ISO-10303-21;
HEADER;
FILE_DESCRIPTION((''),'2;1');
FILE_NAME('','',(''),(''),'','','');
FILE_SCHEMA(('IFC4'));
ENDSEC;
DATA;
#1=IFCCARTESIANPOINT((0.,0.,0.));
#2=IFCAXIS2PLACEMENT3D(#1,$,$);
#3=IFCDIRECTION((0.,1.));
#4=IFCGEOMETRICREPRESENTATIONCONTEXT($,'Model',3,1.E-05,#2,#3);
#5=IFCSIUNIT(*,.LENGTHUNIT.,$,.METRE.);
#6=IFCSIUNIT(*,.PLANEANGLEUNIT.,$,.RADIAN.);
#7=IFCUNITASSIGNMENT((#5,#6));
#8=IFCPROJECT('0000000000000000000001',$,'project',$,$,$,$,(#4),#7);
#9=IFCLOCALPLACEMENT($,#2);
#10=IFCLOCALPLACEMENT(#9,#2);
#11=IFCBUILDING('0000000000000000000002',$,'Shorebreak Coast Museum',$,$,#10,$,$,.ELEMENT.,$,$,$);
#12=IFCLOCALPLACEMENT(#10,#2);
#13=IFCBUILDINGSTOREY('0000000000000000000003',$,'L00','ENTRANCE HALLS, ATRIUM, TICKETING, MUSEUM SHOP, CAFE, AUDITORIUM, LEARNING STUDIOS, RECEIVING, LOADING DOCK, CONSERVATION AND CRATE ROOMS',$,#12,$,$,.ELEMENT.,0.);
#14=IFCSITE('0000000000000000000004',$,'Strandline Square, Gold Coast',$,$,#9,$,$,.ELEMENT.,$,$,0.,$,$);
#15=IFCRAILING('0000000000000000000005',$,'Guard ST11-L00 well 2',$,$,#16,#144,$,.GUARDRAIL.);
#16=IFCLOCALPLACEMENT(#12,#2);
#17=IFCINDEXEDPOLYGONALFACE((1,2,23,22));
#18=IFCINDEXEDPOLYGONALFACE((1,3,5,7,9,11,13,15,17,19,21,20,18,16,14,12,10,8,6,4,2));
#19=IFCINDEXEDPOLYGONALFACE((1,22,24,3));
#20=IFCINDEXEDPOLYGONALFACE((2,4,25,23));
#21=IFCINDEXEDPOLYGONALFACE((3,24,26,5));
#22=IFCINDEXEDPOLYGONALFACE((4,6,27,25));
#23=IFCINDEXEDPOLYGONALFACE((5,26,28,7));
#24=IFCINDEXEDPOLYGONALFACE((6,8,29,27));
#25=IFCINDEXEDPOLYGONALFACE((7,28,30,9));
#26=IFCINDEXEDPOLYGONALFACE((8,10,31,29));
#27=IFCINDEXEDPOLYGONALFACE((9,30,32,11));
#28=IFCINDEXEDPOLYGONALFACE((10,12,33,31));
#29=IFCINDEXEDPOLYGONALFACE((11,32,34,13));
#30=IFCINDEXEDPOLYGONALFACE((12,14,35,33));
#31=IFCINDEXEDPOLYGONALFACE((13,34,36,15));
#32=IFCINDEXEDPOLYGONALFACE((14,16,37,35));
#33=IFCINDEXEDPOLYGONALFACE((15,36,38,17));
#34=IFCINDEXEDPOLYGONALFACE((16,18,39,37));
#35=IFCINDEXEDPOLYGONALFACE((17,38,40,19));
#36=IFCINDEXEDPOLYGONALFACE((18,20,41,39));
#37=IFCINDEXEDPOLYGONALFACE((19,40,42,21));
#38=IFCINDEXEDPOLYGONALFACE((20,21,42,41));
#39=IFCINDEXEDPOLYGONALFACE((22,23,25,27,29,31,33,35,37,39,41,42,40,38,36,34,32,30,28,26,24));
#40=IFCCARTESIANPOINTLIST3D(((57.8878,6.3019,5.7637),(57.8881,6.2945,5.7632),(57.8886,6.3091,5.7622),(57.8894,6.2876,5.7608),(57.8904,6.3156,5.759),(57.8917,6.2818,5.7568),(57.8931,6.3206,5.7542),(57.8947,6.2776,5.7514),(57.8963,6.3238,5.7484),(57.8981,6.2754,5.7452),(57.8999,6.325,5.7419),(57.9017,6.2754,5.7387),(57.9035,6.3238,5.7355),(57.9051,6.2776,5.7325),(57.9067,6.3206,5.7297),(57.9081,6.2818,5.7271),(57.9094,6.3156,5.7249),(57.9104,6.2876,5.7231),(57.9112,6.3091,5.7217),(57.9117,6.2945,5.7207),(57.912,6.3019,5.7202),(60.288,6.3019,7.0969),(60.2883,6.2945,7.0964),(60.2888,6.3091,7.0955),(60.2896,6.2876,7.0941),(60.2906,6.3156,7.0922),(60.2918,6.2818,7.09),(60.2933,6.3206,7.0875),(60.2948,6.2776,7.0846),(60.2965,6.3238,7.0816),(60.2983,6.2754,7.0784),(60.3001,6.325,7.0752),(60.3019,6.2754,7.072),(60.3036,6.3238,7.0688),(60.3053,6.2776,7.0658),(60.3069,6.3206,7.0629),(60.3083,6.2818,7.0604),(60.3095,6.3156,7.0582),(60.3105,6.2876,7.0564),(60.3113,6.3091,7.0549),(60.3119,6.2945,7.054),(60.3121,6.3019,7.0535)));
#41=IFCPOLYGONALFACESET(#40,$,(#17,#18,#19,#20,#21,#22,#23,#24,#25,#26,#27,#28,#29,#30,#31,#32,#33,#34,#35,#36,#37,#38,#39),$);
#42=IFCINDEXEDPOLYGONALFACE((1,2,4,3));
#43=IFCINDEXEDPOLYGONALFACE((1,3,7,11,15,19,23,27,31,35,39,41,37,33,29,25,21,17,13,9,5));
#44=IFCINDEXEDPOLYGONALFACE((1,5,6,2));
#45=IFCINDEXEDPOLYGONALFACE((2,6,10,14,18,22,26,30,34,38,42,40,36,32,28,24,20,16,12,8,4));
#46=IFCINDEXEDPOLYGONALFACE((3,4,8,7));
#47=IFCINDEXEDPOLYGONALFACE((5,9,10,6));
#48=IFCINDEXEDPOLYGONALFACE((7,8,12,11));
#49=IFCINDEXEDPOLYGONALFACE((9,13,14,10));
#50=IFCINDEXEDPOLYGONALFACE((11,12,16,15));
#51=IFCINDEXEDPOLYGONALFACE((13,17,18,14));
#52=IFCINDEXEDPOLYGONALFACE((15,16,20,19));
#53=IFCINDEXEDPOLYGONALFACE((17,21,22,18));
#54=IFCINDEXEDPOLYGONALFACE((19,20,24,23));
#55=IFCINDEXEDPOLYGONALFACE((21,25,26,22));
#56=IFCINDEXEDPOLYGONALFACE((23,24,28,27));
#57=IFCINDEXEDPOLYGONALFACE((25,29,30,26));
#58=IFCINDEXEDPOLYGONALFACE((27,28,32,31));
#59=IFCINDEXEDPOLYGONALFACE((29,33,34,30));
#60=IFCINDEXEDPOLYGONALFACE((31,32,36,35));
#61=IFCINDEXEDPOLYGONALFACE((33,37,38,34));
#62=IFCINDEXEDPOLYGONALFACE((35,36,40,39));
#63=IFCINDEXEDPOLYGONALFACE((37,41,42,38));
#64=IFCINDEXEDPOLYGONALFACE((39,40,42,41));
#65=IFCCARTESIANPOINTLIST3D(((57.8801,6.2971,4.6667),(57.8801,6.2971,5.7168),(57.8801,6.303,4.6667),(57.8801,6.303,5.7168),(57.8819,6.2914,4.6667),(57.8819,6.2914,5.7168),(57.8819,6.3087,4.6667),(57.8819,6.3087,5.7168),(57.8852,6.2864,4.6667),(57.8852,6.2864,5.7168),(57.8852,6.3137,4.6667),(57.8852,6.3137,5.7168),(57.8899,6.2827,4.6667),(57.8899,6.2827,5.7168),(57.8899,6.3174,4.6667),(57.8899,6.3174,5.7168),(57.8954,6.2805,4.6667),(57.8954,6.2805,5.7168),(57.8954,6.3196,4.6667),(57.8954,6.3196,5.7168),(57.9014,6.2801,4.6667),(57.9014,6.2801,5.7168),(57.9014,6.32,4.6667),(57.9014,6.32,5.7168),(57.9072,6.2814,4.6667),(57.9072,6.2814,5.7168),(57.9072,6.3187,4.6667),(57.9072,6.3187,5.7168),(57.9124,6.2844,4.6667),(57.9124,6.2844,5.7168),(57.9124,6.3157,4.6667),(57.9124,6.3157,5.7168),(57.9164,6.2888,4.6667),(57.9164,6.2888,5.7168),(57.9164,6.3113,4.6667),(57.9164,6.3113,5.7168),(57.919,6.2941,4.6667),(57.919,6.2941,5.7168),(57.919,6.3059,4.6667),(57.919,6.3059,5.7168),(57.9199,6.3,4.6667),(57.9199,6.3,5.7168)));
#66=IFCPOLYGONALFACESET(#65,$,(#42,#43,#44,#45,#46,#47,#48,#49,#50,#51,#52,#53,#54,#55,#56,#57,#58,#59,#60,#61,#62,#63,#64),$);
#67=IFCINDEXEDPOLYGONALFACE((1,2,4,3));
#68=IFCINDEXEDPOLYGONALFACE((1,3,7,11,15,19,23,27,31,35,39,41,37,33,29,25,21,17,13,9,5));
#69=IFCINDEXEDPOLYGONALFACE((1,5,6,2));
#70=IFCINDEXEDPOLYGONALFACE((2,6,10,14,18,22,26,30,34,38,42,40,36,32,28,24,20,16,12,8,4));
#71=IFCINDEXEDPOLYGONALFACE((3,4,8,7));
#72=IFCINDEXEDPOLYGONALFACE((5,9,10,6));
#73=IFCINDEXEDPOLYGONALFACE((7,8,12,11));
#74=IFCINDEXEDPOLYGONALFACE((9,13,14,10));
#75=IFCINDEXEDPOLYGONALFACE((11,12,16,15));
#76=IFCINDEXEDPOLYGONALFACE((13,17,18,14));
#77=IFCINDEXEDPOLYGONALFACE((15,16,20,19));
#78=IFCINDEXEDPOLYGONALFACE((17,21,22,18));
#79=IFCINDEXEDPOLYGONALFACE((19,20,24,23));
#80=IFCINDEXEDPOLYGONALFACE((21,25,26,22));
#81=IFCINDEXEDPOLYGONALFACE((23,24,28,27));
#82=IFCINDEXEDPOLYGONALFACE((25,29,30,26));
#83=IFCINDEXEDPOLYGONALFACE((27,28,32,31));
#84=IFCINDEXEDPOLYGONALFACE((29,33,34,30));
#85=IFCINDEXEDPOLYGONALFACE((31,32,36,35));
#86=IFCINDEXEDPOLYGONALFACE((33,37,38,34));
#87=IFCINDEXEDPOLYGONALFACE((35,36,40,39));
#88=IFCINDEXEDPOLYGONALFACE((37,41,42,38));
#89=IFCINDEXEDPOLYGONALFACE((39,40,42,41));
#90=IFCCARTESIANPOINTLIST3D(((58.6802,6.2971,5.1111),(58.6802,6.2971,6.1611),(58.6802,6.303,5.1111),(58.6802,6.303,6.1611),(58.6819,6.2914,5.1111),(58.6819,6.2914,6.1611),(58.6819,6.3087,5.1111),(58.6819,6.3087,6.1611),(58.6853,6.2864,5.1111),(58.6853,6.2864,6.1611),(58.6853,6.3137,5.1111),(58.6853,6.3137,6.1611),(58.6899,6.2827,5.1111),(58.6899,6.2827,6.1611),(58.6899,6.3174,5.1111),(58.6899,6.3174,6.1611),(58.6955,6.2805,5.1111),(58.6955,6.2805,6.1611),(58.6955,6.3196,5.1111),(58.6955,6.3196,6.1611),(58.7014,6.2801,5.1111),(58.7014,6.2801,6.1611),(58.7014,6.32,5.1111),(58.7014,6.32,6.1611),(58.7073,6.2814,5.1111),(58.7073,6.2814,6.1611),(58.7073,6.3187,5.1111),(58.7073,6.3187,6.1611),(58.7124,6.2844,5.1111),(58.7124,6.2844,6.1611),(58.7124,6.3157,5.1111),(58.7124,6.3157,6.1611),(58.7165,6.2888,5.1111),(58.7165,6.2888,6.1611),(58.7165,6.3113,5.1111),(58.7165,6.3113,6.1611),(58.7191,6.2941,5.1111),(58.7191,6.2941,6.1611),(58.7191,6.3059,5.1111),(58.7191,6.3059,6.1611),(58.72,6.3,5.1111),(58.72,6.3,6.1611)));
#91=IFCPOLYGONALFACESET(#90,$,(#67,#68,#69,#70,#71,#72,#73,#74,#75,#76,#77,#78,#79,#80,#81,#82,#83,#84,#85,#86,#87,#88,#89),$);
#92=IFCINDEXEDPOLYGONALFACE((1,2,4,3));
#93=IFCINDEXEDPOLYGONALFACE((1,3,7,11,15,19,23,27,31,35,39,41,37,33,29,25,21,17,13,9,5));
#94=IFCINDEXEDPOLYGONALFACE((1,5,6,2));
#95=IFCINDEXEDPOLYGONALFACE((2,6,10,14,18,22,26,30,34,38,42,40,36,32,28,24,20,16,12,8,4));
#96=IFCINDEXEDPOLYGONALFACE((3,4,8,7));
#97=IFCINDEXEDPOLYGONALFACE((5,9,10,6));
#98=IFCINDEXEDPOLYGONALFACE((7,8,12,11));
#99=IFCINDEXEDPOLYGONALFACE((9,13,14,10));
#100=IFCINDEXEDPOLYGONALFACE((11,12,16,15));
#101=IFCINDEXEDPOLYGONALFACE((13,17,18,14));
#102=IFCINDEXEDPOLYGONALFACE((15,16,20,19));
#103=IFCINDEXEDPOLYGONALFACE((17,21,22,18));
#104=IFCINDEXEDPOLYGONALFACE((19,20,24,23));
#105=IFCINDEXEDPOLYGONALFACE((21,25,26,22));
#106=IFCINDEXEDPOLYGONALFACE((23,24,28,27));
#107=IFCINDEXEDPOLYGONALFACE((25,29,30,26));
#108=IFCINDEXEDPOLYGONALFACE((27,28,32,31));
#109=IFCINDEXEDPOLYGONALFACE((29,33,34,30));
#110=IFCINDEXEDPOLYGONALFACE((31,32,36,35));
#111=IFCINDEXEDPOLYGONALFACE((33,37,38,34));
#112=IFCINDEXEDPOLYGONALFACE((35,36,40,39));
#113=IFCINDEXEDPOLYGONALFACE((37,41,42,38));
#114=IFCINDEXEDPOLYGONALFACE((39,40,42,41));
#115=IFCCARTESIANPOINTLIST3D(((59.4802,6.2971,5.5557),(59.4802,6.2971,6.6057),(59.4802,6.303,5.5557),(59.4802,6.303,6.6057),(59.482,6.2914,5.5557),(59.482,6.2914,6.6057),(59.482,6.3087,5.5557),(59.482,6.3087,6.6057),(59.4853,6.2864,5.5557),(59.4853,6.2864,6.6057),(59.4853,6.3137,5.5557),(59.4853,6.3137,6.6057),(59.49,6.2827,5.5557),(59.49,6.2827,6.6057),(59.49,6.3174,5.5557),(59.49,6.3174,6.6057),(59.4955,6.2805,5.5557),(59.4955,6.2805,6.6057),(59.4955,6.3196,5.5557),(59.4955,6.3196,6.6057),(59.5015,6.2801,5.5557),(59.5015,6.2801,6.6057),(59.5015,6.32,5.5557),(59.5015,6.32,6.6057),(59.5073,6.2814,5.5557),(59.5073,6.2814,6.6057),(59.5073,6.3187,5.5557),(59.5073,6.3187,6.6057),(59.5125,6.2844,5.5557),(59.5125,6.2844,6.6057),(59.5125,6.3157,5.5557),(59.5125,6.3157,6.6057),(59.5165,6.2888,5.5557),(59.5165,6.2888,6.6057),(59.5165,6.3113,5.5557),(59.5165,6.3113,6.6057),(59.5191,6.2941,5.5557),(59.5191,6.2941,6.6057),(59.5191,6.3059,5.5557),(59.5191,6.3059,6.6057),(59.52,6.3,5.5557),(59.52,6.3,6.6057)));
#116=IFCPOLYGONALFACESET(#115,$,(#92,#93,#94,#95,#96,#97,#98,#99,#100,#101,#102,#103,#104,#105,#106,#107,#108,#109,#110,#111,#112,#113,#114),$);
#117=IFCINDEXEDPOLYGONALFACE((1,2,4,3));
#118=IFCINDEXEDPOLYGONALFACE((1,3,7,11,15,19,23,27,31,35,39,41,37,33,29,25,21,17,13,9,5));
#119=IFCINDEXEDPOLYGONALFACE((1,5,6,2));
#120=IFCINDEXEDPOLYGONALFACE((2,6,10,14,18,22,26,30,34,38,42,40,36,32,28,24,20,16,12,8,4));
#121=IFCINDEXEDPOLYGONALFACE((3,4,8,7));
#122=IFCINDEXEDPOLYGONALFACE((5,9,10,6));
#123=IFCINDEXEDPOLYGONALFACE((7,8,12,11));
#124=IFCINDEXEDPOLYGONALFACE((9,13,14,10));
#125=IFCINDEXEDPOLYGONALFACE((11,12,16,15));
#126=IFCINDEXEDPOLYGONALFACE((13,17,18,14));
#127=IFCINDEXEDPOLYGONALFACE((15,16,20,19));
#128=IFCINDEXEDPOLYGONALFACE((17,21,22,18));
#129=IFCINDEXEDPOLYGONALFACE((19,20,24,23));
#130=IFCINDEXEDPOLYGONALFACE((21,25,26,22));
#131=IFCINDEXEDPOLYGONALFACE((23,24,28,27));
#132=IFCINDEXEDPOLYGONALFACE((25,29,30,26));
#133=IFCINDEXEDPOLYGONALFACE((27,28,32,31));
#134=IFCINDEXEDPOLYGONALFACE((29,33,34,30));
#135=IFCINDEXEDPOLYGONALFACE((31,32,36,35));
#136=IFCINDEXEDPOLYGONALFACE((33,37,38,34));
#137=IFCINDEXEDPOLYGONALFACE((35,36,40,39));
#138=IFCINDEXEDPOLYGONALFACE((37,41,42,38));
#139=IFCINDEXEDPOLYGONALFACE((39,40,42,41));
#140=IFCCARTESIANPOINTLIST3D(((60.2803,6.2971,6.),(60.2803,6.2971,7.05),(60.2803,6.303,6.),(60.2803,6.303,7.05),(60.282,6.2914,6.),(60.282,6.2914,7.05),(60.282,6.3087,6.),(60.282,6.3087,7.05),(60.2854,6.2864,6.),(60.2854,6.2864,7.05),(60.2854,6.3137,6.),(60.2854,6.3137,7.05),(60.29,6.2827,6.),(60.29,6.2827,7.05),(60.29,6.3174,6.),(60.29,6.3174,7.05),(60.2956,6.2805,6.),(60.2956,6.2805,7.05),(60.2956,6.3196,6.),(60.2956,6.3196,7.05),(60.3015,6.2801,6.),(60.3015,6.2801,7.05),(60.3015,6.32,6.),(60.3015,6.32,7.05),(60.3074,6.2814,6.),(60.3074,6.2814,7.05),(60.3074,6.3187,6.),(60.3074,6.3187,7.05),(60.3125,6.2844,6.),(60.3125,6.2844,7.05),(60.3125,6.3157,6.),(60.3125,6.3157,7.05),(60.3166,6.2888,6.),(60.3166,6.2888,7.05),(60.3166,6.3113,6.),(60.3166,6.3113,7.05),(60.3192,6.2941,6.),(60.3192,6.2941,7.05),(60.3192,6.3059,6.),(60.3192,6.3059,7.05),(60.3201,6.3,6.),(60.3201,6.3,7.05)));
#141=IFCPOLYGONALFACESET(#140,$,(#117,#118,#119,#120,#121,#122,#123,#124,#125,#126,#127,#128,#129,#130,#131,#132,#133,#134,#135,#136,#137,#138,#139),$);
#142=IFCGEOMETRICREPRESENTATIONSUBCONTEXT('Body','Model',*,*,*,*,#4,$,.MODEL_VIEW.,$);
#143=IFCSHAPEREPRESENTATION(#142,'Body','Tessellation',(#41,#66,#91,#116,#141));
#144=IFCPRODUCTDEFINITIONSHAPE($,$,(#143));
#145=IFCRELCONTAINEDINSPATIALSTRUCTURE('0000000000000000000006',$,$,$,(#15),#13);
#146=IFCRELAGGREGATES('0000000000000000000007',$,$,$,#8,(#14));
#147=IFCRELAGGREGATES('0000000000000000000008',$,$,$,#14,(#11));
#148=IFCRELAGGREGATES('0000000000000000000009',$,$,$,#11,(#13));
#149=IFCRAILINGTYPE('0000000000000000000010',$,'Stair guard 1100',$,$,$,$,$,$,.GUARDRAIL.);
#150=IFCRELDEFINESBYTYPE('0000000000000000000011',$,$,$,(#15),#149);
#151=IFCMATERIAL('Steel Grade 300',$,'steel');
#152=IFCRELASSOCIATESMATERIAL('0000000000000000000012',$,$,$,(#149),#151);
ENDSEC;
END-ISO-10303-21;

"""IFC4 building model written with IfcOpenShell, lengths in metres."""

from ifc_helpers import new_model, si_unit, direction, frame, origin, origin_2d, place, context, subcontext, project, spatial, circle, extrude, material, type_object, element, save


model = new_model("IFC4")

# Units and contexts
model_context = context("Model", 3, precision=1e-05, world=origin(), true_north=direction((0.0, 1.0)))
body_context = subcontext(model_context, "Body", "Model", "MODEL_VIEW")
ifc_project = project(units=[si_unit("LENGTHUNIT", "METRE"), si_unit("PLANEANGLEUNIT", "RADIAN")], contexts=[model_context])

# Site, building, storey
site_placement = place(None, origin())
site = spatial("IfcSite", under=ifc_project, at=site_placement, Name="Strandline Square, Gold Coast", CompositionType="ELEMENT", RefElevation=0.0)
building_placement = place(site_placement, origin())
building = spatial("IfcBuilding", under=site, at=building_placement, Name="Shorebreak Coast Museum", CompositionType="ELEMENT")
storey_placement = place(building_placement, origin())
storey = spatial("IfcBuildingStorey", under=building, at=storey_placement, Name="L00", Description="ENTRANCE HALLS, ATRIUM, TICKETING, MUSEUM SHOP, CAFE, AUDITORIUM, LEARNING STUDIOS, RECEIVING, LOADING DOCK, CONSERVATION AND CRATE ROOMS", CompositionType="ELEMENT", Elevation=0.0)

# Railing
ifc_material_1 = material(Name="Steel Grade 300", Category="steel")
railing_type_1 = type_object("IfcRailingType", Name="Stair guard 1100", PredefinedType="GUARDRAIL", material=ifc_material_1)
for number, where, name in (
    (1, (57.8999, 6.3, 4.6667), "Guard ST11-L00 well 2"),
):
    element("IfcRailing", number, at=place(storey_placement, frame(where)), inside=storey, type_object=railing_type_1, Name=name, PredefinedType="GUARDRAIL", context=body_context, shape_type="SweptSolid", body=[
        extrude(circle(Radius=0.0249, at=origin_2d()), frame((0.0, 0.0, 1.0752), z_axis=(0.874182, 0.0, 0.485598), x_axis=(0.0, 1.0, 0.0)), (0.0, 0.0, 1.0), 2.7456),
        extrude(circle(Radius=0.02, at=origin_2d()), origin(), (0.0, 0.0, 1.0), 1.05),
        extrude(circle(Radius=0.02, at=origin_2d()), frame((0.8, 0.0, 0.4443)), (0.0, 0.0, 1.0), 1.05),
        extrude(circle(Radius=0.02, at=origin_2d()), frame((1.6001, 0.0, 0.8889)), (0.0, 0.0, 1.0), 1.05),
        extrude(circle(Radius=0.02, at=origin_2d()), frame((2.4001, 0.0, 1.3333)), (0.0, 0.0, 1.0), 1.05),
    ])

save(model, "model.ifc")
